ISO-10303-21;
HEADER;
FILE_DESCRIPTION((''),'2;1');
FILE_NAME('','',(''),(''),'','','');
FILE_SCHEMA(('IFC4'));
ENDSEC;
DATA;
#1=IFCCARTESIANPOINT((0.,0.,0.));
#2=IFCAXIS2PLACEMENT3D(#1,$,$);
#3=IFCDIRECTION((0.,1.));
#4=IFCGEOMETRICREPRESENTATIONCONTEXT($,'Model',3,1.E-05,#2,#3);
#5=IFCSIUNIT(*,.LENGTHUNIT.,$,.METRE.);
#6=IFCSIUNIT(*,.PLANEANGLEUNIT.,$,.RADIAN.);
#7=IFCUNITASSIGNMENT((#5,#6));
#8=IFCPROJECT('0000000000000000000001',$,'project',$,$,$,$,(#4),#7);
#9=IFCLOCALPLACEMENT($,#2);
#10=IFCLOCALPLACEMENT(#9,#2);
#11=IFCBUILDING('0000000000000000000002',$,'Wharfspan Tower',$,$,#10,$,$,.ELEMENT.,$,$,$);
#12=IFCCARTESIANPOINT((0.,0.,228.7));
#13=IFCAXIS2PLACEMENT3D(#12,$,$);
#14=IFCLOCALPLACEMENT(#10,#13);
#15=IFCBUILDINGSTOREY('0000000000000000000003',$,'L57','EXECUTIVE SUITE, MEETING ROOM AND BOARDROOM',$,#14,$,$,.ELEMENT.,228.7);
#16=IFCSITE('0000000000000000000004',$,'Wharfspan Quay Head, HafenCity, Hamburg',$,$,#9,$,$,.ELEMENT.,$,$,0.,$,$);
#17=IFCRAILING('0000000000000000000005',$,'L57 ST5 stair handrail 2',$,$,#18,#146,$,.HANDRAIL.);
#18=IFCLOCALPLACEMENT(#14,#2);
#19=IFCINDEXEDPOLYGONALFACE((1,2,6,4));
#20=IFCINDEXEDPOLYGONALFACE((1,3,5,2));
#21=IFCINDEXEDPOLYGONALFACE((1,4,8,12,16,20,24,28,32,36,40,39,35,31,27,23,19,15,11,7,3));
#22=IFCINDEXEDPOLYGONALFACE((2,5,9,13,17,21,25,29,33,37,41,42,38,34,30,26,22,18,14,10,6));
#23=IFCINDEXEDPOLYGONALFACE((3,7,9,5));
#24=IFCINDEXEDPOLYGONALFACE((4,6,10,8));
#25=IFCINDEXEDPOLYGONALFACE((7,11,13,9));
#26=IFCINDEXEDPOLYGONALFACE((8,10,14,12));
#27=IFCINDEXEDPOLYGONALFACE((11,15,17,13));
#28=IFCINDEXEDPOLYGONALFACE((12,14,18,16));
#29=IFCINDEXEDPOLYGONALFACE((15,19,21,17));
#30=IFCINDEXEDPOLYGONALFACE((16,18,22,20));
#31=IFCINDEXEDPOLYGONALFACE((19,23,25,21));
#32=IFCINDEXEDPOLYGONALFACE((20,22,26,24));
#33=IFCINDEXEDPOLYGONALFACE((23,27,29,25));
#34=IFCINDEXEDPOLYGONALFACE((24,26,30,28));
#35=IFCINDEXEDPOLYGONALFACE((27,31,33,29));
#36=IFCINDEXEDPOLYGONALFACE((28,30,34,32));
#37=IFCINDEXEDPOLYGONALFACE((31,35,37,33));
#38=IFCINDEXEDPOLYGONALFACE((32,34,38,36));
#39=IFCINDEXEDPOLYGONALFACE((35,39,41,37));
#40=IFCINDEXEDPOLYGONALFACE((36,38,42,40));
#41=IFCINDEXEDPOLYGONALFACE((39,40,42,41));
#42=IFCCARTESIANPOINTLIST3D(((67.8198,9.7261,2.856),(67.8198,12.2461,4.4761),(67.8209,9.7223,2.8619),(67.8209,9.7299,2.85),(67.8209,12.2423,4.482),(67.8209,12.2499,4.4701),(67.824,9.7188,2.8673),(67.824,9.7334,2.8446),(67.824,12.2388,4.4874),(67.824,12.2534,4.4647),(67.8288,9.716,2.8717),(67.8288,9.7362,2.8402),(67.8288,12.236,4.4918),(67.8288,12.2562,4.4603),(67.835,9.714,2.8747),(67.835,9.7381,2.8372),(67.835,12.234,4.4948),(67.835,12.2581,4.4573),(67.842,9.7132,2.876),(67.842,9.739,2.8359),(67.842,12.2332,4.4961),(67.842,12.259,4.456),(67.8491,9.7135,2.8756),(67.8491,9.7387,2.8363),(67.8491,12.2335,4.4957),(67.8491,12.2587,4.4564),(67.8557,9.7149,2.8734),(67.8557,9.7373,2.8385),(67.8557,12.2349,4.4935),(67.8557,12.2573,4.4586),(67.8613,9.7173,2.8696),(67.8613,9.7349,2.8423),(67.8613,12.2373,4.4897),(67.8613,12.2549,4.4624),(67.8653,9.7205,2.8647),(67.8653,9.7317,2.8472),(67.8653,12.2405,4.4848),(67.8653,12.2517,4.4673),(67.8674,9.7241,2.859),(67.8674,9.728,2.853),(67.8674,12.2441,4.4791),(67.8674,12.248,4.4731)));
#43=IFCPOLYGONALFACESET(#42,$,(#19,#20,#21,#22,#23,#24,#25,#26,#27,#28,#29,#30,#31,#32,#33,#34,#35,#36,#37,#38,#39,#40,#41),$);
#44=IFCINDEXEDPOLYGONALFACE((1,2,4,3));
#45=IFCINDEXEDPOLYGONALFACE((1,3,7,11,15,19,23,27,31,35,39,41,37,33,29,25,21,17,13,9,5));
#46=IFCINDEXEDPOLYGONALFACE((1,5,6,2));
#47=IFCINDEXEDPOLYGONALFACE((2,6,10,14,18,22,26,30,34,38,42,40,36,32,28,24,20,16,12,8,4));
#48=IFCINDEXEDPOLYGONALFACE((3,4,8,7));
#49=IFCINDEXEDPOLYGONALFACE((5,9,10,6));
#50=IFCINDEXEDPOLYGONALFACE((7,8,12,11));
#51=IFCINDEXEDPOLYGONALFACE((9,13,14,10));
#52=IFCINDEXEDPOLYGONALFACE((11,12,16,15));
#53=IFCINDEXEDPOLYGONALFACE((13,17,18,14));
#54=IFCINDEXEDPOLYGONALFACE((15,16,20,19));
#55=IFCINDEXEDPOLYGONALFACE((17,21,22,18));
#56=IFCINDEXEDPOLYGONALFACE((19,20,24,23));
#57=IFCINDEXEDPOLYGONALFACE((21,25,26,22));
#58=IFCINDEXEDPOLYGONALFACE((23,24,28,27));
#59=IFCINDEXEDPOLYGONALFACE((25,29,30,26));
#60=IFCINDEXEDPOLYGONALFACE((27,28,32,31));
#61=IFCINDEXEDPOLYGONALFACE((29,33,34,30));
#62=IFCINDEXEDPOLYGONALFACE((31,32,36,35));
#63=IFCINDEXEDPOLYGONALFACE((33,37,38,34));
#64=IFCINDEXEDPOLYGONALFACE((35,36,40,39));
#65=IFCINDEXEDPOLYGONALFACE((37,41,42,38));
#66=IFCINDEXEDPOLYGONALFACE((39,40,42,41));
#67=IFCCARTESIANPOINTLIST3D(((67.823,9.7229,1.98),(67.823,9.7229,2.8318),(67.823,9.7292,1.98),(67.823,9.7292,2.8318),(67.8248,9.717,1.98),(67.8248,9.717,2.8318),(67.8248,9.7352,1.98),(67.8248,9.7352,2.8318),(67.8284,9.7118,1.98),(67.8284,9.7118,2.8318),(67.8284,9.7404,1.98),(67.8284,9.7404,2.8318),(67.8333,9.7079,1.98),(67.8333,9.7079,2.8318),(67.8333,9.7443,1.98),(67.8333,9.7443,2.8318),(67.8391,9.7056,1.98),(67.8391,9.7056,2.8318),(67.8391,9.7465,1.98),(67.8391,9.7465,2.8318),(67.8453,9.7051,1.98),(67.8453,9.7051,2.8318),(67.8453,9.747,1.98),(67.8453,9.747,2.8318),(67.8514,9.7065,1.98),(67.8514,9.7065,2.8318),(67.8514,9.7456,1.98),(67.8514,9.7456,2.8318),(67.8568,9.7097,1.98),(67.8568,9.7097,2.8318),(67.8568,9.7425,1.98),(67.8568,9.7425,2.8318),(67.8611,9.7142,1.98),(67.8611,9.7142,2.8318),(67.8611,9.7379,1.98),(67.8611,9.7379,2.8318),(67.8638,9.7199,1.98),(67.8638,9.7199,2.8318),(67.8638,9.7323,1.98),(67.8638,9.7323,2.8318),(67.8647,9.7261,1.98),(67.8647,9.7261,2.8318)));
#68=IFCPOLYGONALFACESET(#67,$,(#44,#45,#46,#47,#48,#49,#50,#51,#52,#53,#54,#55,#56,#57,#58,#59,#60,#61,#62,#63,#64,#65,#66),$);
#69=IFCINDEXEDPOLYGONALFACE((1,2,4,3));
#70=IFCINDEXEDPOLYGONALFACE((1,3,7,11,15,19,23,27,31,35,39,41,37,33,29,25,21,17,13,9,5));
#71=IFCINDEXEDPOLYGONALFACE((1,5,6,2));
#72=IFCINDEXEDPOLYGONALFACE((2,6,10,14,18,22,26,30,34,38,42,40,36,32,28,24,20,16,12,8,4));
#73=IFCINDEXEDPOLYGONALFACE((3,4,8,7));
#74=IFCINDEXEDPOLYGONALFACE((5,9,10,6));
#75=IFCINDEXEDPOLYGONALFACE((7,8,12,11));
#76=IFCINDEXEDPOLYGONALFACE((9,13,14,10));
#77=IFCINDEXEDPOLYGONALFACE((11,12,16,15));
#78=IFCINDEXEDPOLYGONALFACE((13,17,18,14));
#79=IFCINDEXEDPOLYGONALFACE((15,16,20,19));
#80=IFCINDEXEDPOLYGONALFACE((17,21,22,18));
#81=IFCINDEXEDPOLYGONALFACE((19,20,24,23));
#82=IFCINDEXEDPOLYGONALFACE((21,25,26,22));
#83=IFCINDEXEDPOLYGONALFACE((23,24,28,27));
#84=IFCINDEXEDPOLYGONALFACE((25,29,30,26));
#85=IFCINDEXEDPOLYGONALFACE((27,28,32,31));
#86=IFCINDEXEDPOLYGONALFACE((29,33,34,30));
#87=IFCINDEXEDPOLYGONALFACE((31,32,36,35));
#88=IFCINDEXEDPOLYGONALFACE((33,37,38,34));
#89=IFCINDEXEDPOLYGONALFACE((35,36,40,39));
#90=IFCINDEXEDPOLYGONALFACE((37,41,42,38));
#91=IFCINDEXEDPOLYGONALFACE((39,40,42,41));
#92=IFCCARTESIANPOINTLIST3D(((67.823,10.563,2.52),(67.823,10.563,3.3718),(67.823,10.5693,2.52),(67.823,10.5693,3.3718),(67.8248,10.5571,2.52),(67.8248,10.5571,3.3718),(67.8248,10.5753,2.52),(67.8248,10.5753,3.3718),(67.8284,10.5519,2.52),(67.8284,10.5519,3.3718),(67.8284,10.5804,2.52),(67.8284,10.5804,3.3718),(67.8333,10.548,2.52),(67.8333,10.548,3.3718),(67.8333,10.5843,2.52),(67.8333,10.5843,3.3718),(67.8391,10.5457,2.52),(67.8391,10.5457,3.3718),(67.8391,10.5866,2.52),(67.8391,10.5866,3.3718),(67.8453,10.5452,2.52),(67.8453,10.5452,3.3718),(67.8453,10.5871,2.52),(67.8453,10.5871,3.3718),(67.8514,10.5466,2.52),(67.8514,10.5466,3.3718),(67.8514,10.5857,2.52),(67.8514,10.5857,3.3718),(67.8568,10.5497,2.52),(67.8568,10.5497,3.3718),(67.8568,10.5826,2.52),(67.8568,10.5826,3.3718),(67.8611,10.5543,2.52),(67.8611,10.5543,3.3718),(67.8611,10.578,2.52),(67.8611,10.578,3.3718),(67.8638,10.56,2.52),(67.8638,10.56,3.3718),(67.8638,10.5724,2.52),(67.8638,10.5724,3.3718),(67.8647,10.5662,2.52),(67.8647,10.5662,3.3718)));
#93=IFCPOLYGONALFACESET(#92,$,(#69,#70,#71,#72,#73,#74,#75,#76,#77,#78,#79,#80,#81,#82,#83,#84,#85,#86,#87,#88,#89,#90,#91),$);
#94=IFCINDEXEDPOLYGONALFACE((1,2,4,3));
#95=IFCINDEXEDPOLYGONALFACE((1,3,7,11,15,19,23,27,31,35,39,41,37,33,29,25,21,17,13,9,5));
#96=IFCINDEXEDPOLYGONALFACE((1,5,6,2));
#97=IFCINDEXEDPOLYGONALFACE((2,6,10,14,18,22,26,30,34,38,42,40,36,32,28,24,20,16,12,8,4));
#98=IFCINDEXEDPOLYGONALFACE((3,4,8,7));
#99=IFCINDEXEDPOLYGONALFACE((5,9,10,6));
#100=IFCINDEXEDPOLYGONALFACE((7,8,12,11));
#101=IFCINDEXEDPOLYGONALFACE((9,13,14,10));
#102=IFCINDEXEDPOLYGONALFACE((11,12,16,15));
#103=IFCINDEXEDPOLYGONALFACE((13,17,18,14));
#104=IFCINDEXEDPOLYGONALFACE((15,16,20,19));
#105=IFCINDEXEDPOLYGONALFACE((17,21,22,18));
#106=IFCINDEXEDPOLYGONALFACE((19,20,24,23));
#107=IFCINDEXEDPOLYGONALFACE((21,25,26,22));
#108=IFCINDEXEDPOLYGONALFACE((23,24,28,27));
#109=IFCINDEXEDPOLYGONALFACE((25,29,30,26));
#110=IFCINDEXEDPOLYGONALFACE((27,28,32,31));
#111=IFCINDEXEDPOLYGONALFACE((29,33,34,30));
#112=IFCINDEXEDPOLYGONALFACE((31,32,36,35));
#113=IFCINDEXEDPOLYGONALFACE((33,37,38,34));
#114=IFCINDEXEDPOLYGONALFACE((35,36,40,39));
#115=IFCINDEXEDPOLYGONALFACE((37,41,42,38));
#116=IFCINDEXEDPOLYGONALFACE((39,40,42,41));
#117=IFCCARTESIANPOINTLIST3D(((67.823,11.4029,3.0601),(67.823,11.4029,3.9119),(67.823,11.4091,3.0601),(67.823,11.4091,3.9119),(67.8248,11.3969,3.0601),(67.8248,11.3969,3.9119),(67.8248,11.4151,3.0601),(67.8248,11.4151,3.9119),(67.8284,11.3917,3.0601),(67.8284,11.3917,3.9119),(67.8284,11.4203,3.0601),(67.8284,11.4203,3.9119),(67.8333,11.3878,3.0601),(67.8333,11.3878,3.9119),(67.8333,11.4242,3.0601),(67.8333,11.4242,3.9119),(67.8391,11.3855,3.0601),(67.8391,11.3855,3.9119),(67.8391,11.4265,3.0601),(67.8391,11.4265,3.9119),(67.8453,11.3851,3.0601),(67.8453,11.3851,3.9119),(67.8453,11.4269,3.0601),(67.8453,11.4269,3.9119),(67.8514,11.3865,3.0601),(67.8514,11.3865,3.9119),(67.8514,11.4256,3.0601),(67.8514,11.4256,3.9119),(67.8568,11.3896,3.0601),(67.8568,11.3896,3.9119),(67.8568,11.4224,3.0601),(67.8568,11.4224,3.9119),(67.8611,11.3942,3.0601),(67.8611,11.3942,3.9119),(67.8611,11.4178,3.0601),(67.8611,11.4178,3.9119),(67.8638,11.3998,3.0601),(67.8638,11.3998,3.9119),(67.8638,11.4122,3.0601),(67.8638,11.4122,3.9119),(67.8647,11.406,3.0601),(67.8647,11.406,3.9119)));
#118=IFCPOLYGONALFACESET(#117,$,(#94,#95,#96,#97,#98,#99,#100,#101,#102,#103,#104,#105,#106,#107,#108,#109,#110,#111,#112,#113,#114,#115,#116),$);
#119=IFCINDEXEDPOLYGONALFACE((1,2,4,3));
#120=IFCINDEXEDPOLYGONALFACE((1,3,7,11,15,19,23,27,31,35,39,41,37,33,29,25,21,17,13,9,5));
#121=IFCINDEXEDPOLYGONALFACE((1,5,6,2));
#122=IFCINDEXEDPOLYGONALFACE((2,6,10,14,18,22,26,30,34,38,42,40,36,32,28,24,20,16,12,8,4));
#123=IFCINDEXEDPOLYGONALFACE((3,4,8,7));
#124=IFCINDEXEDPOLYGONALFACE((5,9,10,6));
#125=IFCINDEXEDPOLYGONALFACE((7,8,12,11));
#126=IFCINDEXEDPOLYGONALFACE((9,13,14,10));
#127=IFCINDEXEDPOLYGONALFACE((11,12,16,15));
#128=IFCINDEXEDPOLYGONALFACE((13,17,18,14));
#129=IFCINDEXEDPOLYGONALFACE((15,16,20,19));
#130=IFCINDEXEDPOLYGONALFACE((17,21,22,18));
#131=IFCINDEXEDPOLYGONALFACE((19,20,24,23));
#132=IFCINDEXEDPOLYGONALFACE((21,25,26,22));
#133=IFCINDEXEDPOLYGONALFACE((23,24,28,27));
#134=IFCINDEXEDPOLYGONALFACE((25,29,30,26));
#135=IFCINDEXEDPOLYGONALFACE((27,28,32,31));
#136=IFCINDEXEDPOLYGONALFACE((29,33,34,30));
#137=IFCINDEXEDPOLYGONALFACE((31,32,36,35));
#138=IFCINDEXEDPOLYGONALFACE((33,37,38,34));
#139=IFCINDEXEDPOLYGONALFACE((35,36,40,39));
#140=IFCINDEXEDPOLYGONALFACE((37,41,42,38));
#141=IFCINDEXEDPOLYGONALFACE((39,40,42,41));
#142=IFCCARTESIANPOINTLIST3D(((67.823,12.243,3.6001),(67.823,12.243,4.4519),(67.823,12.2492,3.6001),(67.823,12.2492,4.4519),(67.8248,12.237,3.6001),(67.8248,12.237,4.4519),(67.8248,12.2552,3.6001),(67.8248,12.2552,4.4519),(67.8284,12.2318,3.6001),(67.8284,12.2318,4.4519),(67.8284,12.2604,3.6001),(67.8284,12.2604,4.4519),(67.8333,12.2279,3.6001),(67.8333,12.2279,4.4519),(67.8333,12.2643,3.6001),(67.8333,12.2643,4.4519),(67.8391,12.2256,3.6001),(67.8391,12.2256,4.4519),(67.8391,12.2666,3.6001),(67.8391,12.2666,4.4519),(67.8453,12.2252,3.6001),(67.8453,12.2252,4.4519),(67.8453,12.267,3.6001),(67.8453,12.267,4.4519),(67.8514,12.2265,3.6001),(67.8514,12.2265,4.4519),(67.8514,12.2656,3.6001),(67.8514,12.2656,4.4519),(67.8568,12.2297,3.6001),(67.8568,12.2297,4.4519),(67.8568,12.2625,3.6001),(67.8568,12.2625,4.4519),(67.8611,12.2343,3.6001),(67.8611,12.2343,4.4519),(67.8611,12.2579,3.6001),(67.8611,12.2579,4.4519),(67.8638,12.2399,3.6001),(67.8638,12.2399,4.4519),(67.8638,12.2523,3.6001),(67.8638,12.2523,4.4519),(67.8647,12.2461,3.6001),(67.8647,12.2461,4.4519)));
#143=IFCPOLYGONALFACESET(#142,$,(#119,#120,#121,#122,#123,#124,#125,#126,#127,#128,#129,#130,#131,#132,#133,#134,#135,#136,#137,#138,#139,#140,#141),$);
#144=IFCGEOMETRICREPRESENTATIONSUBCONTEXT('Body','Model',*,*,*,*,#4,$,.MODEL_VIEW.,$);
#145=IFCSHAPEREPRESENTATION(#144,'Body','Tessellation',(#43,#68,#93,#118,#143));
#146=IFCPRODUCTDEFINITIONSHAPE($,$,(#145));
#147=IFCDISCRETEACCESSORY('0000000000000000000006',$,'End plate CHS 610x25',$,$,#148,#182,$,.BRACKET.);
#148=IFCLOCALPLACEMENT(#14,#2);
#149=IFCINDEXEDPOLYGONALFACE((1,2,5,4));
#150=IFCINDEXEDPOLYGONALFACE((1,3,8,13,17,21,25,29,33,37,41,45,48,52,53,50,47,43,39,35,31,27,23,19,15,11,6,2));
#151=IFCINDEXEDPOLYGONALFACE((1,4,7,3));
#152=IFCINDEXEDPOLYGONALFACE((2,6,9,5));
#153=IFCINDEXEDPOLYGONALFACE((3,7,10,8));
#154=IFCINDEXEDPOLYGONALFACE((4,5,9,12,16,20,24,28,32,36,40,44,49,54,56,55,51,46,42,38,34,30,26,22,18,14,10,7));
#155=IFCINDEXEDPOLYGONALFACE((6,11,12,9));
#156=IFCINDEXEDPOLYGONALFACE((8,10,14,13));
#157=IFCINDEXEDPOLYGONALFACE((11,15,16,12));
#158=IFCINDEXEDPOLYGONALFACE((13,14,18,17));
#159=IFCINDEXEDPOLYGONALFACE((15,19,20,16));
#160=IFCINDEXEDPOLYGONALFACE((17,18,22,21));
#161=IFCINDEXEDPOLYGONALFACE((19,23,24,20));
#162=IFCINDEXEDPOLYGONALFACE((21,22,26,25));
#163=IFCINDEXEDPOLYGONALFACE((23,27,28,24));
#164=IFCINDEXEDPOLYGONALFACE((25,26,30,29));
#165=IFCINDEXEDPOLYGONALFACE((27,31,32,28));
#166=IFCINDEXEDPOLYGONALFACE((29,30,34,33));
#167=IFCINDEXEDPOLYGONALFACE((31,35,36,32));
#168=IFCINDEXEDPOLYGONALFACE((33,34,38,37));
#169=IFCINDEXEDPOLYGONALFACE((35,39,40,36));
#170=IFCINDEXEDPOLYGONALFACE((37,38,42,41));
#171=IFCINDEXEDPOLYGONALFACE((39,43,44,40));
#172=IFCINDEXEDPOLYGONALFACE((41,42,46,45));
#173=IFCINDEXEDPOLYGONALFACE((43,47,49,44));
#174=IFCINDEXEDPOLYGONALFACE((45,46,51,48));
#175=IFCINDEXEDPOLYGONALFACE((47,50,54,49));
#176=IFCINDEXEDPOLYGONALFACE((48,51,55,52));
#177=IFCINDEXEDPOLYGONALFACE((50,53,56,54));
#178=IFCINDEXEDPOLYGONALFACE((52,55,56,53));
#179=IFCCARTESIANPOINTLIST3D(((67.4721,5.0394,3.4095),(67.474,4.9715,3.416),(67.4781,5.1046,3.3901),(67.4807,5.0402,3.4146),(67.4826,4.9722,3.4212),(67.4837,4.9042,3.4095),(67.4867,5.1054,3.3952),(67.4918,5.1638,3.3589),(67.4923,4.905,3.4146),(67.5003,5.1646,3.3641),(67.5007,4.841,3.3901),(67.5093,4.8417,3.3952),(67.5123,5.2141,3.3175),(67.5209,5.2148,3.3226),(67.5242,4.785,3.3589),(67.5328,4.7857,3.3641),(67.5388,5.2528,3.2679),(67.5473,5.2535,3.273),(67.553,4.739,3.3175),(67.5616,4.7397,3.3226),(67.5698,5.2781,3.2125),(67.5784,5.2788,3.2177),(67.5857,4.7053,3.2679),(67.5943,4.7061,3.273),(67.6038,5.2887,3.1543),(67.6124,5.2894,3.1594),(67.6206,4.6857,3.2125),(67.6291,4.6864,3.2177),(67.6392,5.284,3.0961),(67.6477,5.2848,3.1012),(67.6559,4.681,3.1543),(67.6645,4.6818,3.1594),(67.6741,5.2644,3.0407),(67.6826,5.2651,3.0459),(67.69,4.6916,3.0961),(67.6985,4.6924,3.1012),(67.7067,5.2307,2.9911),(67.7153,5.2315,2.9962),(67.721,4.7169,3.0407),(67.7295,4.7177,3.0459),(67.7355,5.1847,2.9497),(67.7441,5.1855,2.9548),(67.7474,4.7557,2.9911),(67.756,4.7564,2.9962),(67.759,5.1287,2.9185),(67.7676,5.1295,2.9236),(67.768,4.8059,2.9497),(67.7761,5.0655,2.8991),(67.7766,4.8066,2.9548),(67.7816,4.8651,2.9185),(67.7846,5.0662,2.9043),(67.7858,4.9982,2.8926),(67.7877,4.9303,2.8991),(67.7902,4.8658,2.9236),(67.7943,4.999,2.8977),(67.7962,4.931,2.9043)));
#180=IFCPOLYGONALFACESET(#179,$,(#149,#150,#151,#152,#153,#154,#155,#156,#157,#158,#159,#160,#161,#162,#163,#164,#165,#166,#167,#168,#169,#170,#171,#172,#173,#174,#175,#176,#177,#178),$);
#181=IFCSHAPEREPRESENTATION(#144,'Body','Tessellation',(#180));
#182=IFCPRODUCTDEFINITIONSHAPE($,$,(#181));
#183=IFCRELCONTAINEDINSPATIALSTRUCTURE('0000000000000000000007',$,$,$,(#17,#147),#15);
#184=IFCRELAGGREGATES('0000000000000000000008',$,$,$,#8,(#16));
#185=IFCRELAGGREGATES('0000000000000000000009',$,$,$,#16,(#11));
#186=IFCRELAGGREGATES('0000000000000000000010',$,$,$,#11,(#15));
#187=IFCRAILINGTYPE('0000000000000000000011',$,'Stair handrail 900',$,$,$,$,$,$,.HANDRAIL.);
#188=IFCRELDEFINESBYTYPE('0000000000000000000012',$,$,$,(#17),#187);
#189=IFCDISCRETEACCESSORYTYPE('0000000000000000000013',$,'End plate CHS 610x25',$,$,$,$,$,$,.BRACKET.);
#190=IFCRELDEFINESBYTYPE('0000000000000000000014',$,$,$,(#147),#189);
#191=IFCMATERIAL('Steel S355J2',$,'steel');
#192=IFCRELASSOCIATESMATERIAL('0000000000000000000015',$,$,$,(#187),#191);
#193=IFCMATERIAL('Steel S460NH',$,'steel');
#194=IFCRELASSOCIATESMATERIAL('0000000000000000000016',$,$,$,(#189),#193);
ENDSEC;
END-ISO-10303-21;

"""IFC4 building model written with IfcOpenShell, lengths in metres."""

from ifc_helpers import new_model, si_unit, direction, frame, origin, origin_2d, place, context, subcontext, project, spatial, circle, extrude, material, material_profile, profile_set, type_object, element, save


model = new_model("IFC4")

# Units and contexts
model_context = context("Model", 3, precision=1e-05, world=origin(), true_north=direction((0.0, 1.0)))
body_context = subcontext(model_context, "Body", "Model", "MODEL_VIEW")
ifc_project = project(units=[si_unit("LENGTHUNIT", "METRE"), si_unit("PLANEANGLEUNIT", "RADIAN")], contexts=[model_context])

# Site, building, storey
site_placement = place(None, origin())
site = spatial("IfcSite", under=ifc_project, at=site_placement, Name="Wharfspan Quay Head, HafenCity, Hamburg", CompositionType="ELEMENT", RefElevation=0.0)
building_placement = place(site_placement, origin())
building = spatial("IfcBuilding", under=site, at=building_placement, Name="Wharfspan Tower", CompositionType="ELEMENT")
storey_placement = place(building_placement, frame((0.0, 0.0, 228.7)))
storey = spatial("IfcBuildingStorey", under=building, at=storey_placement, Name="L57", Description="EXECUTIVE SUITE, MEETING ROOM AND BOARDROOM", CompositionType="ELEMENT", Elevation=228.7)

# Shared definitions
ifc_material_1 = material(Name="Steel S355J2", Category="steel")

# Shared definitions
ifc_material_2 = material(Name="Steel S460NH", Category="steel")

# Railing
railing_type_1 = type_object("IfcRailingType", Name="Stair handrail 900", PredefinedType="HANDRAIL", material=ifc_material_1)
railing_1_placement = place(storey_placement, frame((67.8438, 9.7261, 1.98)))
element("IfcRailing", 1, at=railing_1_placement, inside=storey, type_object=railing_type_1, Name="L57 ST5 stair handrail 2", PredefinedType="HANDRAIL", context=body_context, shape_type="SweptSolid", body=[
    extrude(circle(Radius=0.0239, at=origin_2d()), frame((0.0, 0.0, 0.876), z_axis=(0.0, 0.841163, 0.540782), x_axis=(-1.0, 0.0, 0.0)), (0.0, 0.0, 1.0), 2.9958),
    extrude(circle(Radius=0.021, at=origin_2d()), origin(), (0.0, 0.0, 1.0), 0.8518),
    extrude(circle(Radius=0.021, at=origin_2d()), frame((0.0, 0.8401, 0.54)), (0.0, 0.0, 1.0), 0.8518),
    extrude(circle(Radius=0.021, at=origin_2d()), frame((0.0, 1.6799, 1.0801)), (0.0, 0.0, 1.0), 0.8518),
    extrude(circle(Radius=0.021, at=origin_2d()), frame((0.0, 2.52, 1.6201)), (0.0, 0.0, 1.0), 0.8518),
])

# Discrete accessory
ifc_material_profile_1 = material_profile(ifc_material_2, circle(Radius=0.3049, at=origin_2d()))
ifc_profile_set_1 = profile_set([ifc_material_profile_1], Name="Steel S460NH")
discrete_accessory_type = type_object("IfcDiscreteAccessoryType", Name="End plate CHS 610x25", PredefinedType="BRACKET", material=ifc_profile_set_1)
for number, where, z_axis, x_axis, name in (
    (2, (67.6299, 4.9849, 3.1543), (0.855186, 0.073302, 0.513112), (-0.085402, 0.996345, 0.000001), "End plate CHS 610x25"),
):
    element("IfcDiscreteAccessory", number, at=place(storey_placement, frame(where, z_axis=z_axis, x_axis=x_axis)), inside=storey, type_object=discrete_accessory_type, Name=name, PredefinedType="BRACKET", context=body_context, shape_type="SweptSolid", body=[
        extrude(circle(Radius=0.3049, at=origin_2d()), origin(), (0.0, 0.0, 1.0), 0.01),
    ])

save(model, "model.ifc")
